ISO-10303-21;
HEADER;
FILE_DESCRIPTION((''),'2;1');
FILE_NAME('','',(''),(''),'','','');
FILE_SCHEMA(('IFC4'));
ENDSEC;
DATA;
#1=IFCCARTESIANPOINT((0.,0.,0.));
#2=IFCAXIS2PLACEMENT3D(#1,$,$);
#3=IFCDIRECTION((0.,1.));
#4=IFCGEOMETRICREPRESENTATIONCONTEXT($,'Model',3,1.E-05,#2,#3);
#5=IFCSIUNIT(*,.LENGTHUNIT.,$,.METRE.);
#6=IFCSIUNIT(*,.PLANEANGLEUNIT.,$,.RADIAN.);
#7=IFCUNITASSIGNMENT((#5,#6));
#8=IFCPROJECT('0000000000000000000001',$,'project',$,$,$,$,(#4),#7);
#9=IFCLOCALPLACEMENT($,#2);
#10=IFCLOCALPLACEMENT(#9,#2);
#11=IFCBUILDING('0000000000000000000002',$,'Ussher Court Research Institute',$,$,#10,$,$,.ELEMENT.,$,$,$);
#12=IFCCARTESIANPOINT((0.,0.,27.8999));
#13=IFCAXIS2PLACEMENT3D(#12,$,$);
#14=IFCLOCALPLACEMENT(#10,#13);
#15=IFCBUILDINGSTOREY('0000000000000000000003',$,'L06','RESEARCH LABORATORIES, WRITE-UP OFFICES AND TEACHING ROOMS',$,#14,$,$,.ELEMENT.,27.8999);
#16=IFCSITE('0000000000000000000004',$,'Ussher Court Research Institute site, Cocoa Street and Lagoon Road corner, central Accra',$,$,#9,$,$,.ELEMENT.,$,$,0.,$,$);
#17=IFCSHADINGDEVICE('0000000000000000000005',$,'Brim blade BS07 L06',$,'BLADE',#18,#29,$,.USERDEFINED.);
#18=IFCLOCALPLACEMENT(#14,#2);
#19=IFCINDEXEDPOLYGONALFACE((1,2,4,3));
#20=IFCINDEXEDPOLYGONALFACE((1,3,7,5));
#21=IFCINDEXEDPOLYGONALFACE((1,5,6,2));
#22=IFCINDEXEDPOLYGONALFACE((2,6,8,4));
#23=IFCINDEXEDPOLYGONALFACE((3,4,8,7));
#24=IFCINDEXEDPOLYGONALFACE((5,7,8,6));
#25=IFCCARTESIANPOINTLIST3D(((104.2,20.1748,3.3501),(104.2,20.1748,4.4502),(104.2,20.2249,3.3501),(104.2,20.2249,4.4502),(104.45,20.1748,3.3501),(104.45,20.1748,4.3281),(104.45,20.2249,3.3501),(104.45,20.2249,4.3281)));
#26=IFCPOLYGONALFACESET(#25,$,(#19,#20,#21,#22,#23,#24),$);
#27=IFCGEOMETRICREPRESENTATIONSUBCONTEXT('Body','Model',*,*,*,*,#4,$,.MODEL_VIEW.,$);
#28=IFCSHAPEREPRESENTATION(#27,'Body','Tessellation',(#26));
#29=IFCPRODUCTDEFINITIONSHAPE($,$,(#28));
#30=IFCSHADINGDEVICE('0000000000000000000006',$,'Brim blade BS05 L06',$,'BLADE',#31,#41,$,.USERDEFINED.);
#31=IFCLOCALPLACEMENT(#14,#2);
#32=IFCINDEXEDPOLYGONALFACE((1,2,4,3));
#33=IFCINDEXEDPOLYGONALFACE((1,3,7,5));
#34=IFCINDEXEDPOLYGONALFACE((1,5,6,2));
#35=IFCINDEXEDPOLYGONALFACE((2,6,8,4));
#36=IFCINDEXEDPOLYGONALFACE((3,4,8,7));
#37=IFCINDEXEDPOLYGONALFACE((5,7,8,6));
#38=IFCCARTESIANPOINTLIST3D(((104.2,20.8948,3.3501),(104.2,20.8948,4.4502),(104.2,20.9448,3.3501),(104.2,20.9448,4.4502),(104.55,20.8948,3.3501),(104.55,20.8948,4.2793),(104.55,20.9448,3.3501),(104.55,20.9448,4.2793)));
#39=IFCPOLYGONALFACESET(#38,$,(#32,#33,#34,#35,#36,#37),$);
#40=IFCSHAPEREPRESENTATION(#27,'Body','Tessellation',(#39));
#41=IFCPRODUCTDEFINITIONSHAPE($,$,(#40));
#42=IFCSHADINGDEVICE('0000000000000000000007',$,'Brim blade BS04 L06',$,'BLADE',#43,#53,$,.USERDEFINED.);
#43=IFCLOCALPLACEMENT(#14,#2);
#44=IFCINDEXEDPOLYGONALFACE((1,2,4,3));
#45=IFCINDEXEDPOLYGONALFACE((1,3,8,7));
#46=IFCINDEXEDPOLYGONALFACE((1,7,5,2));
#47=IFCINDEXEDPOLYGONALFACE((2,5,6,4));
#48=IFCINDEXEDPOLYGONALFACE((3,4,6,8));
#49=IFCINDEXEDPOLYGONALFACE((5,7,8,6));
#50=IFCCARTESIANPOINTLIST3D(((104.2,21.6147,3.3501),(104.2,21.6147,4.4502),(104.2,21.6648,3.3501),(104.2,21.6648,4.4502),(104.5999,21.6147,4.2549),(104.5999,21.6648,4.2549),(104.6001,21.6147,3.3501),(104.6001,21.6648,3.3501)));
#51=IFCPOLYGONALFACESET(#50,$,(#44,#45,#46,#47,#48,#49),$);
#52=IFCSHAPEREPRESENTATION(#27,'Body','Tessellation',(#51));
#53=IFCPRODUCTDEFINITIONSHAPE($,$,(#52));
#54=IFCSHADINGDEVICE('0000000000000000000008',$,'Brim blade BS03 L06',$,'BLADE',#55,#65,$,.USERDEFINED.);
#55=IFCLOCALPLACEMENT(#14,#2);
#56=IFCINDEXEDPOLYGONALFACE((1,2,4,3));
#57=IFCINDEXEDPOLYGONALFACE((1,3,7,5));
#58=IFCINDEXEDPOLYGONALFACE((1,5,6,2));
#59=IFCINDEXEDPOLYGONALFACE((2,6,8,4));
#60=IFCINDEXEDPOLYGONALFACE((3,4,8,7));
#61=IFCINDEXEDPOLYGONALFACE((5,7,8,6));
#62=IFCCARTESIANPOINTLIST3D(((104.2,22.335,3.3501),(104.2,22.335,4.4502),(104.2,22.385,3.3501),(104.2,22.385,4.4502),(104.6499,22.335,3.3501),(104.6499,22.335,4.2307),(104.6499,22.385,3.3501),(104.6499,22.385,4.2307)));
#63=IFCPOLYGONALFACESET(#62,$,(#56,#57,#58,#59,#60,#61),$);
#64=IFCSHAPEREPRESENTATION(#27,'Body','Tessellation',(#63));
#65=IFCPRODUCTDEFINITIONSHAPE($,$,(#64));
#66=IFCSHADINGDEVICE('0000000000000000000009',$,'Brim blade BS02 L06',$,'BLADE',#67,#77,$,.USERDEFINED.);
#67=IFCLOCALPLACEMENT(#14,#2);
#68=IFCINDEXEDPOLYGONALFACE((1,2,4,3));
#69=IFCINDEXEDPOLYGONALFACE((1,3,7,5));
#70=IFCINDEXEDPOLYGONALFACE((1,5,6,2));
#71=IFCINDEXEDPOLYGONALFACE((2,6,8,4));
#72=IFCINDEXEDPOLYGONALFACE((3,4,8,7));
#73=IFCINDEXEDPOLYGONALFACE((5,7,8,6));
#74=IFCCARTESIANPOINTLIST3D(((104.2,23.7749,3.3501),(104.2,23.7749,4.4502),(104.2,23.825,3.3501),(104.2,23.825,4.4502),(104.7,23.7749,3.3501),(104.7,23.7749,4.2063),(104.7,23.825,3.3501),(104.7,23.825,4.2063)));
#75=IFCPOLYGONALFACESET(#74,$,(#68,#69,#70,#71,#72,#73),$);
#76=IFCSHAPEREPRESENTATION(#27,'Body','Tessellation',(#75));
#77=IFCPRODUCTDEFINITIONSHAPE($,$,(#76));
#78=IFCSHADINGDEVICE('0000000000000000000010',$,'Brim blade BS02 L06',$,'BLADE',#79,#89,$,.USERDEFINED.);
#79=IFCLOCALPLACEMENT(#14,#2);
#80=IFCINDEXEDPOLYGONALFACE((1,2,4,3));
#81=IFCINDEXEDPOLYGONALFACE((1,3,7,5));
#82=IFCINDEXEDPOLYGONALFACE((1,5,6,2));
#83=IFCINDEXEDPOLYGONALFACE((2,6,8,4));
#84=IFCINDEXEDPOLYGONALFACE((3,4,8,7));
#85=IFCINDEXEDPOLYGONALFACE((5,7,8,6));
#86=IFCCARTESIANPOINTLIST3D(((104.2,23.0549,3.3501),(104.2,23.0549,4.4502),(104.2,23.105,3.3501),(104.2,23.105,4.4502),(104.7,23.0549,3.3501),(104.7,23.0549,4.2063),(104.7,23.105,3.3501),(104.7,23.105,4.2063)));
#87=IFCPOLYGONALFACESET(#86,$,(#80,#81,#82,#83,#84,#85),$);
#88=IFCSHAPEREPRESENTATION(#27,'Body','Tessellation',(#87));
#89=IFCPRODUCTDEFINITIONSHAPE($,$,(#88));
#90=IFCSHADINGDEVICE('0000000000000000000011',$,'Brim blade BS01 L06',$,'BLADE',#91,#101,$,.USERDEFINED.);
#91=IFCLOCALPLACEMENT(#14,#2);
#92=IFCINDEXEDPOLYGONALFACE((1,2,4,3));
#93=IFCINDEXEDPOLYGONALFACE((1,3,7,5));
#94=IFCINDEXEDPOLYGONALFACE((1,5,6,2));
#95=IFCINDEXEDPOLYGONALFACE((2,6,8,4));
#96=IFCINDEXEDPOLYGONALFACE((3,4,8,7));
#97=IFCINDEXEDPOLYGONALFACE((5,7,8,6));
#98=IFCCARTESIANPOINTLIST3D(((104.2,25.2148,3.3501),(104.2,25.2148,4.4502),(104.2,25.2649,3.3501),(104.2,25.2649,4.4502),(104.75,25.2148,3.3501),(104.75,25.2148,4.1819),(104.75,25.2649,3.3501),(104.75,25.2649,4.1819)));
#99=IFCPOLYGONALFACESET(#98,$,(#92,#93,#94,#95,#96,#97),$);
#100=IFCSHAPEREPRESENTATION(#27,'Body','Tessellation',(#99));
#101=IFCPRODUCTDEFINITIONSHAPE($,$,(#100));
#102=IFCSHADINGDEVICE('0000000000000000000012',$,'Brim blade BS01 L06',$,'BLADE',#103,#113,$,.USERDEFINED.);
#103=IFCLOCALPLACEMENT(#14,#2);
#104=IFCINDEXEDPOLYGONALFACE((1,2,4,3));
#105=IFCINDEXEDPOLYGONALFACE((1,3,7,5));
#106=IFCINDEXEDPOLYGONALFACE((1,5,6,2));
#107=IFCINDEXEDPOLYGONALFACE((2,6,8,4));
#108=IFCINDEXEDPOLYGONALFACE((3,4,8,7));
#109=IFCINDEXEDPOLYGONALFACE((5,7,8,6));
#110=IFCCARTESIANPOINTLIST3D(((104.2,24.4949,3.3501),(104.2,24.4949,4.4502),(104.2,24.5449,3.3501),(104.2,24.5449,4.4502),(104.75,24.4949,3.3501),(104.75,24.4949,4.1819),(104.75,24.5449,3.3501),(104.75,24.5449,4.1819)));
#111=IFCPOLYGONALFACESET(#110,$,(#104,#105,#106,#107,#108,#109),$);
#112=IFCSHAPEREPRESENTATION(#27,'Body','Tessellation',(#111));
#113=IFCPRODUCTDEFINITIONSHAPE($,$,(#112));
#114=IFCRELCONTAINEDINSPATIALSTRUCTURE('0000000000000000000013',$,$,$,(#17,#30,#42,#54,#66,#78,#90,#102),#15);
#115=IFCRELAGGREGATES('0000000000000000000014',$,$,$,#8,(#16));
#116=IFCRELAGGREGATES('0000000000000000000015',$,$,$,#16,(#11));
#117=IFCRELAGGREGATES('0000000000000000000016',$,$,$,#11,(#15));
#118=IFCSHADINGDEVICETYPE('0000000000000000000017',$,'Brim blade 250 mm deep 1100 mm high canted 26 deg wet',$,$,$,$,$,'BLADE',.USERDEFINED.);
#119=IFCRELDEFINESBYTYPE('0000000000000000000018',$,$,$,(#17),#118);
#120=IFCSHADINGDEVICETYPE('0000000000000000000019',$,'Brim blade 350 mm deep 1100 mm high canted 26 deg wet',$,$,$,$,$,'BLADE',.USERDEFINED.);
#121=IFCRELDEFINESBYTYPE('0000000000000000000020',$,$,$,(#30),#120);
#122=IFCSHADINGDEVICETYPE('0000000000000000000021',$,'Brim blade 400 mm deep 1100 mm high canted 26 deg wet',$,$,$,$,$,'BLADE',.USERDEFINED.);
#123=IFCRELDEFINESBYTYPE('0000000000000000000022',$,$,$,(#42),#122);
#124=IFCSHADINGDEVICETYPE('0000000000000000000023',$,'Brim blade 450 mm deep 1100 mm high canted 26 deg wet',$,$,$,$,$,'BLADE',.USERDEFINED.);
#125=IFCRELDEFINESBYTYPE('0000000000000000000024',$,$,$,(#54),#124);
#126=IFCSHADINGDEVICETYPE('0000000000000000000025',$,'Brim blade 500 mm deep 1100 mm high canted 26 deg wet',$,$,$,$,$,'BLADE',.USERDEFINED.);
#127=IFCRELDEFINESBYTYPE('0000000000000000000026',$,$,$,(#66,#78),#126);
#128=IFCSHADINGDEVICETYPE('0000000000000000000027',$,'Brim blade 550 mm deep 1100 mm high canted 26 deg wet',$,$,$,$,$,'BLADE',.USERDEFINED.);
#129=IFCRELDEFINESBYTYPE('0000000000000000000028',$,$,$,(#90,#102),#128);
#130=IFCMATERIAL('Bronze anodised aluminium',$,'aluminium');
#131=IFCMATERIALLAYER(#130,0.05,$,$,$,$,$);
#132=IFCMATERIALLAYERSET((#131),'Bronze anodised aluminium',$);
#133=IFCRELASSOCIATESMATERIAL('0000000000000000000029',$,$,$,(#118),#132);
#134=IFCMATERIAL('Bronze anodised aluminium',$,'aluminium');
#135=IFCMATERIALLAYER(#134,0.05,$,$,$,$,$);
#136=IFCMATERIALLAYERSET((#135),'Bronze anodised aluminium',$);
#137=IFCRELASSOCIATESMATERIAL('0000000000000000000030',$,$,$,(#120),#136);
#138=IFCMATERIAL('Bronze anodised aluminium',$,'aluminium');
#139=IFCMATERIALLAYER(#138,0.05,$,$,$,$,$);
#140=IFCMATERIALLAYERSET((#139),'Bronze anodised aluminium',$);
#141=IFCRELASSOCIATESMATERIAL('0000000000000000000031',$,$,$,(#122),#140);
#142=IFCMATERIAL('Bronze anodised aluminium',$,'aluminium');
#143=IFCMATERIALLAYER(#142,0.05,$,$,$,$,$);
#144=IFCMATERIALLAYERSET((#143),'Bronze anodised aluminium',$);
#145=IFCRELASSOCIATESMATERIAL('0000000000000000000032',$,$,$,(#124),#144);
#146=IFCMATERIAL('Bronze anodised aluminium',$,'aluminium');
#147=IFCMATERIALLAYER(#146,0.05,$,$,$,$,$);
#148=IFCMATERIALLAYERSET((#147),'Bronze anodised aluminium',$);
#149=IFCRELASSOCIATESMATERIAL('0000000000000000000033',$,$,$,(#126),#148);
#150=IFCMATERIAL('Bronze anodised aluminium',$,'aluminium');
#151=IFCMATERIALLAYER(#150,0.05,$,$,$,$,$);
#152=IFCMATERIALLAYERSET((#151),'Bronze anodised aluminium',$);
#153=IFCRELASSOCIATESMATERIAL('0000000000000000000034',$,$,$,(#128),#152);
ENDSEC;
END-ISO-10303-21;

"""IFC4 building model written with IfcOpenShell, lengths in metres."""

from ifc_helpers import new_model, si_unit, direction, frame, origin, place, context, subcontext, project, spatial, polyline, outline, extrude, material, layer, layer_set, type_object, element, save


model = new_model("IFC4")

# Units and contexts
model_context = context("Model", 3, precision=1e-05, world=origin(), true_north=direction((0.0, 1.0)))
body_context = subcontext(model_context, "Body", "Model", "MODEL_VIEW")
ifc_project = project(units=[si_unit("LENGTHUNIT", "METRE"), si_unit("PLANEANGLEUNIT", "RADIAN")], contexts=[model_context])

# Site, building, storey
site_placement = place(None, origin())
site = spatial("IfcSite", under=ifc_project, at=site_placement, Name="Ussher Court Research Institute site, Cocoa Street and Lagoon Road corner, central Accra", CompositionType="ELEMENT", RefElevation=0.0)
building_placement = place(site_placement, origin())
building = spatial("IfcBuilding", under=site, at=building_placement, Name="Ussher Court Research Institute", CompositionType="ELEMENT")
storey_placement = place(building_placement, frame((0.0, 0.0, 27.8999)))
storey = spatial("IfcBuildingStorey", under=building, at=storey_placement, Name="L06", Description="RESEARCH LABORATORIES, WRITE-UP OFFICES AND TEACHING ROOMS", CompositionType="ELEMENT", Elevation=27.8999)

# Shading devices
ifc_material_1 = material(Name="Bronze anodised aluminium", Category="aluminium")
ifc_layer_1 = layer(ifc_material_1, 0.05)
ifc_layer_set_1 = layer_set([ifc_layer_1], Name="Bronze anodised aluminium")
shading_device_type_1 = type_object("IfcShadingDeviceType", Name="Brim blade 250 mm deep 1100 mm high canted 26 deg wet", ElementType="BLADE", PredefinedType="USERDEFINED", material=ifc_layer_set_1)
shading_device_1_placement = place(storey_placement, frame((104.2, 20.2, 3.3501), z_axis=(0.0, 0.0, 1.0), x_axis=(1.0, 0.0, 0.0)))
element("IfcShadingDevice", 1, at=shading_device_1_placement, inside=storey, type_object=shading_device_type_1, Name="Brim blade BS07 L06", ObjectType="BLADE", PredefinedType="USERDEFINED", context=body_context, shape_type="SweptSolid", body=[
    extrude(outline(polyline([(0.0, 0.0), (0.25, 0.0), (0.25, 0.978), (0.0, 1.1001), (0.0, 0.0)])), frame((0.0, 0.0249, 0.0), z_axis=(0.0, -1.0, 0.0), x_axis=(1.0, 0.0, 0.0)), (0.0, 0.0, 1.0), 0.05),
])
ifc_material_2 = material(Name="Bronze anodised aluminium", Category="aluminium")
ifc_layer_2 = layer(ifc_material_2, 0.05)
ifc_layer_set_2 = layer_set([ifc_layer_2], Name="Bronze anodised aluminium")
shading_device_type_2 = type_object("IfcShadingDeviceType", Name="Brim blade 350 mm deep 1100 mm high canted 26 deg wet", ElementType="BLADE", PredefinedType="USERDEFINED", material=ifc_layer_set_2)
shading_device_2_placement = place(storey_placement, frame((104.2, 20.9199, 3.3501), z_axis=(0.0, 0.0, 1.0), x_axis=(1.0, 0.0, 0.0)))
element("IfcShadingDevice", 2, at=shading_device_2_placement, inside=storey, type_object=shading_device_type_2, Name="Brim blade BS05 L06", ObjectType="BLADE", PredefinedType="USERDEFINED", context=body_context, shape_type="SweptSolid", body=[
    extrude(outline(polyline([(0.0, 0.0), (0.3501, 0.0), (0.3501, 0.9292), (0.0, 1.1001), (0.0, 0.0)])), frame((0.0, 0.0249, 0.0), z_axis=(0.0, -1.0, 0.0), x_axis=(1.0, 0.0, 0.0)), (0.0, 0.0, 1.0), 0.05),
])
ifc_material_3 = material(Name="Bronze anodised aluminium", Category="aluminium")
ifc_layer_3 = layer(ifc_material_3, 0.05)
ifc_layer_set_3 = layer_set([ifc_layer_3], Name="Bronze anodised aluminium")
shading_device_type_3 = type_object("IfcShadingDeviceType", Name="Brim blade 400 mm deep 1100 mm high canted 26 deg wet", ElementType="BLADE", PredefinedType="USERDEFINED", material=ifc_layer_set_3)
shading_device_3_placement = place(storey_placement, frame((104.2, 21.6399, 3.3501), z_axis=(0.0, 0.0, 1.0), x_axis=(1.0, 0.0, 0.0)))
element("IfcShadingDevice", 3, at=shading_device_3_placement, inside=storey, type_object=shading_device_type_3, Name="Brim blade BS04 L06", ObjectType="BLADE", PredefinedType="USERDEFINED", context=body_context, shape_type="SweptSolid", body=[
    extrude(outline(polyline([(0.0, 0.0), (0.4001, 0.0), (0.3999, 0.9048), (0.0, 1.1001), (0.0, 0.0)])), frame((0.0, 0.0249, 0.0), z_axis=(0.0, -1.0, 0.0), x_axis=(1.0, 0.0, 0.0)), (0.0, 0.0, 1.0), 0.05),
])
ifc_material_4 = material(Name="Bronze anodised aluminium", Category="aluminium")
ifc_layer_4 = layer(ifc_material_4, 0.05)
ifc_layer_set_4 = layer_set([ifc_layer_4], Name="Bronze anodised aluminium")
shading_device_type_4 = type_object("IfcShadingDeviceType", Name="Brim blade 450 mm deep 1100 mm high canted 26 deg wet", ElementType="BLADE", PredefinedType="USERDEFINED", material=ifc_layer_set_4)
shading_device_4_placement = place(storey_placement, frame((104.2, 22.3601, 3.3501), z_axis=(0.0, 0.0, 1.0), x_axis=(1.0, 0.0, 0.0)))
element("IfcShadingDevice", 4, at=shading_device_4_placement, inside=storey, type_object=shading_device_type_4, Name="Brim blade BS03 L06", ObjectType="BLADE", PredefinedType="USERDEFINED", context=body_context, shape_type="SweptSolid", body=[
    extrude(outline(polyline([(0.0, 0.0), (0.45, 0.0), (0.45, 0.8806), (0.0, 1.1001), (0.0, 0.0)])), frame((0.0, 0.0249, 0.0), z_axis=(0.0, -1.0, 0.0), x_axis=(1.0, 0.0, 0.0)), (0.0, 0.0, 1.0), 0.05),
])
ifc_material_5 = material(Name="Bronze anodised aluminium", Category="aluminium")
ifc_layer_5 = layer(ifc_material_5, 0.05)
ifc_layer_set_5 = layer_set([ifc_layer_5], Name="Bronze anodised aluminium")
shading_device_type_5 = type_object("IfcShadingDeviceType", Name="Brim blade 500 mm deep 1100 mm high canted 26 deg wet", ElementType="BLADE", PredefinedType="USERDEFINED", material=ifc_layer_set_5)
for number, where, z_axis, x_axis, name in (
    (5, (104.2, 23.8, 3.3501), (0.0, 0.0, 1.0), (1.0, 0.0, 0.0), "Brim blade BS02 L06"),
    (6, (104.2, 23.0801, 3.3501), (0.0, 0.0, 1.0), (1.0, 0.0, 0.0), "Brim blade BS02 L06"),
):
    element("IfcShadingDevice", number, at=place(storey_placement, frame(where, z_axis=z_axis, x_axis=x_axis)), inside=storey, type_object=shading_device_type_5, Name=name, ObjectType="BLADE", PredefinedType="USERDEFINED", context=body_context, shape_type="SweptSolid", body=[
        extrude(outline(polyline([(0.0, 0.0), (0.5, 0.0), (0.5, 0.8562), (0.0, 1.1001), (0.0, 0.0)])), frame((0.0, 0.0249, 0.0), z_axis=(0.0, -1.0, 0.0), x_axis=(1.0, 0.0, 0.0)), (0.0, 0.0, 1.0), 0.05),
    ])
ifc_material_6 = material(Name="Bronze anodised aluminium", Category="aluminium")
ifc_layer_6 = layer(ifc_material_6, 0.05)
ifc_layer_set_6 = layer_set([ifc_layer_6], Name="Bronze anodised aluminium")
shading_device_type_6 = type_object("IfcShadingDeviceType", Name="Brim blade 550 mm deep 1100 mm high canted 26 deg wet", ElementType="BLADE", PredefinedType="USERDEFINED", material=ifc_layer_set_6)
for number, where, z_axis, x_axis, name in (
    (7, (104.2, 25.24, 3.3501), (0.0, 0.0, 1.0), (1.0, 0.0, 0.0), "Brim blade BS01 L06"),
    (8, (104.2, 24.52, 3.3501), (0.0, 0.0, 1.0), (1.0, 0.0, 0.0), "Brim blade BS01 L06"),
):
    element("IfcShadingDevice", number, at=place(storey_placement, frame(where, z_axis=z_axis, x_axis=x_axis)), inside=storey, type_object=shading_device_type_6, Name=name, ObjectType="BLADE", PredefinedType="USERDEFINED", context=body_context, shape_type="SweptSolid", body=[
        extrude(outline(polyline([(0.0, 0.0), (0.55, 0.0), (0.55, 0.8318), (0.0, 1.1001), (0.0, 0.0)])), frame((0.0, 0.0249, 0.0), z_axis=(0.0, -1.0, 0.0), x_axis=(1.0, 0.0, 0.0)), (0.0, 0.0, 1.0), 0.05),
    ])

save(model, "model.ifc")
